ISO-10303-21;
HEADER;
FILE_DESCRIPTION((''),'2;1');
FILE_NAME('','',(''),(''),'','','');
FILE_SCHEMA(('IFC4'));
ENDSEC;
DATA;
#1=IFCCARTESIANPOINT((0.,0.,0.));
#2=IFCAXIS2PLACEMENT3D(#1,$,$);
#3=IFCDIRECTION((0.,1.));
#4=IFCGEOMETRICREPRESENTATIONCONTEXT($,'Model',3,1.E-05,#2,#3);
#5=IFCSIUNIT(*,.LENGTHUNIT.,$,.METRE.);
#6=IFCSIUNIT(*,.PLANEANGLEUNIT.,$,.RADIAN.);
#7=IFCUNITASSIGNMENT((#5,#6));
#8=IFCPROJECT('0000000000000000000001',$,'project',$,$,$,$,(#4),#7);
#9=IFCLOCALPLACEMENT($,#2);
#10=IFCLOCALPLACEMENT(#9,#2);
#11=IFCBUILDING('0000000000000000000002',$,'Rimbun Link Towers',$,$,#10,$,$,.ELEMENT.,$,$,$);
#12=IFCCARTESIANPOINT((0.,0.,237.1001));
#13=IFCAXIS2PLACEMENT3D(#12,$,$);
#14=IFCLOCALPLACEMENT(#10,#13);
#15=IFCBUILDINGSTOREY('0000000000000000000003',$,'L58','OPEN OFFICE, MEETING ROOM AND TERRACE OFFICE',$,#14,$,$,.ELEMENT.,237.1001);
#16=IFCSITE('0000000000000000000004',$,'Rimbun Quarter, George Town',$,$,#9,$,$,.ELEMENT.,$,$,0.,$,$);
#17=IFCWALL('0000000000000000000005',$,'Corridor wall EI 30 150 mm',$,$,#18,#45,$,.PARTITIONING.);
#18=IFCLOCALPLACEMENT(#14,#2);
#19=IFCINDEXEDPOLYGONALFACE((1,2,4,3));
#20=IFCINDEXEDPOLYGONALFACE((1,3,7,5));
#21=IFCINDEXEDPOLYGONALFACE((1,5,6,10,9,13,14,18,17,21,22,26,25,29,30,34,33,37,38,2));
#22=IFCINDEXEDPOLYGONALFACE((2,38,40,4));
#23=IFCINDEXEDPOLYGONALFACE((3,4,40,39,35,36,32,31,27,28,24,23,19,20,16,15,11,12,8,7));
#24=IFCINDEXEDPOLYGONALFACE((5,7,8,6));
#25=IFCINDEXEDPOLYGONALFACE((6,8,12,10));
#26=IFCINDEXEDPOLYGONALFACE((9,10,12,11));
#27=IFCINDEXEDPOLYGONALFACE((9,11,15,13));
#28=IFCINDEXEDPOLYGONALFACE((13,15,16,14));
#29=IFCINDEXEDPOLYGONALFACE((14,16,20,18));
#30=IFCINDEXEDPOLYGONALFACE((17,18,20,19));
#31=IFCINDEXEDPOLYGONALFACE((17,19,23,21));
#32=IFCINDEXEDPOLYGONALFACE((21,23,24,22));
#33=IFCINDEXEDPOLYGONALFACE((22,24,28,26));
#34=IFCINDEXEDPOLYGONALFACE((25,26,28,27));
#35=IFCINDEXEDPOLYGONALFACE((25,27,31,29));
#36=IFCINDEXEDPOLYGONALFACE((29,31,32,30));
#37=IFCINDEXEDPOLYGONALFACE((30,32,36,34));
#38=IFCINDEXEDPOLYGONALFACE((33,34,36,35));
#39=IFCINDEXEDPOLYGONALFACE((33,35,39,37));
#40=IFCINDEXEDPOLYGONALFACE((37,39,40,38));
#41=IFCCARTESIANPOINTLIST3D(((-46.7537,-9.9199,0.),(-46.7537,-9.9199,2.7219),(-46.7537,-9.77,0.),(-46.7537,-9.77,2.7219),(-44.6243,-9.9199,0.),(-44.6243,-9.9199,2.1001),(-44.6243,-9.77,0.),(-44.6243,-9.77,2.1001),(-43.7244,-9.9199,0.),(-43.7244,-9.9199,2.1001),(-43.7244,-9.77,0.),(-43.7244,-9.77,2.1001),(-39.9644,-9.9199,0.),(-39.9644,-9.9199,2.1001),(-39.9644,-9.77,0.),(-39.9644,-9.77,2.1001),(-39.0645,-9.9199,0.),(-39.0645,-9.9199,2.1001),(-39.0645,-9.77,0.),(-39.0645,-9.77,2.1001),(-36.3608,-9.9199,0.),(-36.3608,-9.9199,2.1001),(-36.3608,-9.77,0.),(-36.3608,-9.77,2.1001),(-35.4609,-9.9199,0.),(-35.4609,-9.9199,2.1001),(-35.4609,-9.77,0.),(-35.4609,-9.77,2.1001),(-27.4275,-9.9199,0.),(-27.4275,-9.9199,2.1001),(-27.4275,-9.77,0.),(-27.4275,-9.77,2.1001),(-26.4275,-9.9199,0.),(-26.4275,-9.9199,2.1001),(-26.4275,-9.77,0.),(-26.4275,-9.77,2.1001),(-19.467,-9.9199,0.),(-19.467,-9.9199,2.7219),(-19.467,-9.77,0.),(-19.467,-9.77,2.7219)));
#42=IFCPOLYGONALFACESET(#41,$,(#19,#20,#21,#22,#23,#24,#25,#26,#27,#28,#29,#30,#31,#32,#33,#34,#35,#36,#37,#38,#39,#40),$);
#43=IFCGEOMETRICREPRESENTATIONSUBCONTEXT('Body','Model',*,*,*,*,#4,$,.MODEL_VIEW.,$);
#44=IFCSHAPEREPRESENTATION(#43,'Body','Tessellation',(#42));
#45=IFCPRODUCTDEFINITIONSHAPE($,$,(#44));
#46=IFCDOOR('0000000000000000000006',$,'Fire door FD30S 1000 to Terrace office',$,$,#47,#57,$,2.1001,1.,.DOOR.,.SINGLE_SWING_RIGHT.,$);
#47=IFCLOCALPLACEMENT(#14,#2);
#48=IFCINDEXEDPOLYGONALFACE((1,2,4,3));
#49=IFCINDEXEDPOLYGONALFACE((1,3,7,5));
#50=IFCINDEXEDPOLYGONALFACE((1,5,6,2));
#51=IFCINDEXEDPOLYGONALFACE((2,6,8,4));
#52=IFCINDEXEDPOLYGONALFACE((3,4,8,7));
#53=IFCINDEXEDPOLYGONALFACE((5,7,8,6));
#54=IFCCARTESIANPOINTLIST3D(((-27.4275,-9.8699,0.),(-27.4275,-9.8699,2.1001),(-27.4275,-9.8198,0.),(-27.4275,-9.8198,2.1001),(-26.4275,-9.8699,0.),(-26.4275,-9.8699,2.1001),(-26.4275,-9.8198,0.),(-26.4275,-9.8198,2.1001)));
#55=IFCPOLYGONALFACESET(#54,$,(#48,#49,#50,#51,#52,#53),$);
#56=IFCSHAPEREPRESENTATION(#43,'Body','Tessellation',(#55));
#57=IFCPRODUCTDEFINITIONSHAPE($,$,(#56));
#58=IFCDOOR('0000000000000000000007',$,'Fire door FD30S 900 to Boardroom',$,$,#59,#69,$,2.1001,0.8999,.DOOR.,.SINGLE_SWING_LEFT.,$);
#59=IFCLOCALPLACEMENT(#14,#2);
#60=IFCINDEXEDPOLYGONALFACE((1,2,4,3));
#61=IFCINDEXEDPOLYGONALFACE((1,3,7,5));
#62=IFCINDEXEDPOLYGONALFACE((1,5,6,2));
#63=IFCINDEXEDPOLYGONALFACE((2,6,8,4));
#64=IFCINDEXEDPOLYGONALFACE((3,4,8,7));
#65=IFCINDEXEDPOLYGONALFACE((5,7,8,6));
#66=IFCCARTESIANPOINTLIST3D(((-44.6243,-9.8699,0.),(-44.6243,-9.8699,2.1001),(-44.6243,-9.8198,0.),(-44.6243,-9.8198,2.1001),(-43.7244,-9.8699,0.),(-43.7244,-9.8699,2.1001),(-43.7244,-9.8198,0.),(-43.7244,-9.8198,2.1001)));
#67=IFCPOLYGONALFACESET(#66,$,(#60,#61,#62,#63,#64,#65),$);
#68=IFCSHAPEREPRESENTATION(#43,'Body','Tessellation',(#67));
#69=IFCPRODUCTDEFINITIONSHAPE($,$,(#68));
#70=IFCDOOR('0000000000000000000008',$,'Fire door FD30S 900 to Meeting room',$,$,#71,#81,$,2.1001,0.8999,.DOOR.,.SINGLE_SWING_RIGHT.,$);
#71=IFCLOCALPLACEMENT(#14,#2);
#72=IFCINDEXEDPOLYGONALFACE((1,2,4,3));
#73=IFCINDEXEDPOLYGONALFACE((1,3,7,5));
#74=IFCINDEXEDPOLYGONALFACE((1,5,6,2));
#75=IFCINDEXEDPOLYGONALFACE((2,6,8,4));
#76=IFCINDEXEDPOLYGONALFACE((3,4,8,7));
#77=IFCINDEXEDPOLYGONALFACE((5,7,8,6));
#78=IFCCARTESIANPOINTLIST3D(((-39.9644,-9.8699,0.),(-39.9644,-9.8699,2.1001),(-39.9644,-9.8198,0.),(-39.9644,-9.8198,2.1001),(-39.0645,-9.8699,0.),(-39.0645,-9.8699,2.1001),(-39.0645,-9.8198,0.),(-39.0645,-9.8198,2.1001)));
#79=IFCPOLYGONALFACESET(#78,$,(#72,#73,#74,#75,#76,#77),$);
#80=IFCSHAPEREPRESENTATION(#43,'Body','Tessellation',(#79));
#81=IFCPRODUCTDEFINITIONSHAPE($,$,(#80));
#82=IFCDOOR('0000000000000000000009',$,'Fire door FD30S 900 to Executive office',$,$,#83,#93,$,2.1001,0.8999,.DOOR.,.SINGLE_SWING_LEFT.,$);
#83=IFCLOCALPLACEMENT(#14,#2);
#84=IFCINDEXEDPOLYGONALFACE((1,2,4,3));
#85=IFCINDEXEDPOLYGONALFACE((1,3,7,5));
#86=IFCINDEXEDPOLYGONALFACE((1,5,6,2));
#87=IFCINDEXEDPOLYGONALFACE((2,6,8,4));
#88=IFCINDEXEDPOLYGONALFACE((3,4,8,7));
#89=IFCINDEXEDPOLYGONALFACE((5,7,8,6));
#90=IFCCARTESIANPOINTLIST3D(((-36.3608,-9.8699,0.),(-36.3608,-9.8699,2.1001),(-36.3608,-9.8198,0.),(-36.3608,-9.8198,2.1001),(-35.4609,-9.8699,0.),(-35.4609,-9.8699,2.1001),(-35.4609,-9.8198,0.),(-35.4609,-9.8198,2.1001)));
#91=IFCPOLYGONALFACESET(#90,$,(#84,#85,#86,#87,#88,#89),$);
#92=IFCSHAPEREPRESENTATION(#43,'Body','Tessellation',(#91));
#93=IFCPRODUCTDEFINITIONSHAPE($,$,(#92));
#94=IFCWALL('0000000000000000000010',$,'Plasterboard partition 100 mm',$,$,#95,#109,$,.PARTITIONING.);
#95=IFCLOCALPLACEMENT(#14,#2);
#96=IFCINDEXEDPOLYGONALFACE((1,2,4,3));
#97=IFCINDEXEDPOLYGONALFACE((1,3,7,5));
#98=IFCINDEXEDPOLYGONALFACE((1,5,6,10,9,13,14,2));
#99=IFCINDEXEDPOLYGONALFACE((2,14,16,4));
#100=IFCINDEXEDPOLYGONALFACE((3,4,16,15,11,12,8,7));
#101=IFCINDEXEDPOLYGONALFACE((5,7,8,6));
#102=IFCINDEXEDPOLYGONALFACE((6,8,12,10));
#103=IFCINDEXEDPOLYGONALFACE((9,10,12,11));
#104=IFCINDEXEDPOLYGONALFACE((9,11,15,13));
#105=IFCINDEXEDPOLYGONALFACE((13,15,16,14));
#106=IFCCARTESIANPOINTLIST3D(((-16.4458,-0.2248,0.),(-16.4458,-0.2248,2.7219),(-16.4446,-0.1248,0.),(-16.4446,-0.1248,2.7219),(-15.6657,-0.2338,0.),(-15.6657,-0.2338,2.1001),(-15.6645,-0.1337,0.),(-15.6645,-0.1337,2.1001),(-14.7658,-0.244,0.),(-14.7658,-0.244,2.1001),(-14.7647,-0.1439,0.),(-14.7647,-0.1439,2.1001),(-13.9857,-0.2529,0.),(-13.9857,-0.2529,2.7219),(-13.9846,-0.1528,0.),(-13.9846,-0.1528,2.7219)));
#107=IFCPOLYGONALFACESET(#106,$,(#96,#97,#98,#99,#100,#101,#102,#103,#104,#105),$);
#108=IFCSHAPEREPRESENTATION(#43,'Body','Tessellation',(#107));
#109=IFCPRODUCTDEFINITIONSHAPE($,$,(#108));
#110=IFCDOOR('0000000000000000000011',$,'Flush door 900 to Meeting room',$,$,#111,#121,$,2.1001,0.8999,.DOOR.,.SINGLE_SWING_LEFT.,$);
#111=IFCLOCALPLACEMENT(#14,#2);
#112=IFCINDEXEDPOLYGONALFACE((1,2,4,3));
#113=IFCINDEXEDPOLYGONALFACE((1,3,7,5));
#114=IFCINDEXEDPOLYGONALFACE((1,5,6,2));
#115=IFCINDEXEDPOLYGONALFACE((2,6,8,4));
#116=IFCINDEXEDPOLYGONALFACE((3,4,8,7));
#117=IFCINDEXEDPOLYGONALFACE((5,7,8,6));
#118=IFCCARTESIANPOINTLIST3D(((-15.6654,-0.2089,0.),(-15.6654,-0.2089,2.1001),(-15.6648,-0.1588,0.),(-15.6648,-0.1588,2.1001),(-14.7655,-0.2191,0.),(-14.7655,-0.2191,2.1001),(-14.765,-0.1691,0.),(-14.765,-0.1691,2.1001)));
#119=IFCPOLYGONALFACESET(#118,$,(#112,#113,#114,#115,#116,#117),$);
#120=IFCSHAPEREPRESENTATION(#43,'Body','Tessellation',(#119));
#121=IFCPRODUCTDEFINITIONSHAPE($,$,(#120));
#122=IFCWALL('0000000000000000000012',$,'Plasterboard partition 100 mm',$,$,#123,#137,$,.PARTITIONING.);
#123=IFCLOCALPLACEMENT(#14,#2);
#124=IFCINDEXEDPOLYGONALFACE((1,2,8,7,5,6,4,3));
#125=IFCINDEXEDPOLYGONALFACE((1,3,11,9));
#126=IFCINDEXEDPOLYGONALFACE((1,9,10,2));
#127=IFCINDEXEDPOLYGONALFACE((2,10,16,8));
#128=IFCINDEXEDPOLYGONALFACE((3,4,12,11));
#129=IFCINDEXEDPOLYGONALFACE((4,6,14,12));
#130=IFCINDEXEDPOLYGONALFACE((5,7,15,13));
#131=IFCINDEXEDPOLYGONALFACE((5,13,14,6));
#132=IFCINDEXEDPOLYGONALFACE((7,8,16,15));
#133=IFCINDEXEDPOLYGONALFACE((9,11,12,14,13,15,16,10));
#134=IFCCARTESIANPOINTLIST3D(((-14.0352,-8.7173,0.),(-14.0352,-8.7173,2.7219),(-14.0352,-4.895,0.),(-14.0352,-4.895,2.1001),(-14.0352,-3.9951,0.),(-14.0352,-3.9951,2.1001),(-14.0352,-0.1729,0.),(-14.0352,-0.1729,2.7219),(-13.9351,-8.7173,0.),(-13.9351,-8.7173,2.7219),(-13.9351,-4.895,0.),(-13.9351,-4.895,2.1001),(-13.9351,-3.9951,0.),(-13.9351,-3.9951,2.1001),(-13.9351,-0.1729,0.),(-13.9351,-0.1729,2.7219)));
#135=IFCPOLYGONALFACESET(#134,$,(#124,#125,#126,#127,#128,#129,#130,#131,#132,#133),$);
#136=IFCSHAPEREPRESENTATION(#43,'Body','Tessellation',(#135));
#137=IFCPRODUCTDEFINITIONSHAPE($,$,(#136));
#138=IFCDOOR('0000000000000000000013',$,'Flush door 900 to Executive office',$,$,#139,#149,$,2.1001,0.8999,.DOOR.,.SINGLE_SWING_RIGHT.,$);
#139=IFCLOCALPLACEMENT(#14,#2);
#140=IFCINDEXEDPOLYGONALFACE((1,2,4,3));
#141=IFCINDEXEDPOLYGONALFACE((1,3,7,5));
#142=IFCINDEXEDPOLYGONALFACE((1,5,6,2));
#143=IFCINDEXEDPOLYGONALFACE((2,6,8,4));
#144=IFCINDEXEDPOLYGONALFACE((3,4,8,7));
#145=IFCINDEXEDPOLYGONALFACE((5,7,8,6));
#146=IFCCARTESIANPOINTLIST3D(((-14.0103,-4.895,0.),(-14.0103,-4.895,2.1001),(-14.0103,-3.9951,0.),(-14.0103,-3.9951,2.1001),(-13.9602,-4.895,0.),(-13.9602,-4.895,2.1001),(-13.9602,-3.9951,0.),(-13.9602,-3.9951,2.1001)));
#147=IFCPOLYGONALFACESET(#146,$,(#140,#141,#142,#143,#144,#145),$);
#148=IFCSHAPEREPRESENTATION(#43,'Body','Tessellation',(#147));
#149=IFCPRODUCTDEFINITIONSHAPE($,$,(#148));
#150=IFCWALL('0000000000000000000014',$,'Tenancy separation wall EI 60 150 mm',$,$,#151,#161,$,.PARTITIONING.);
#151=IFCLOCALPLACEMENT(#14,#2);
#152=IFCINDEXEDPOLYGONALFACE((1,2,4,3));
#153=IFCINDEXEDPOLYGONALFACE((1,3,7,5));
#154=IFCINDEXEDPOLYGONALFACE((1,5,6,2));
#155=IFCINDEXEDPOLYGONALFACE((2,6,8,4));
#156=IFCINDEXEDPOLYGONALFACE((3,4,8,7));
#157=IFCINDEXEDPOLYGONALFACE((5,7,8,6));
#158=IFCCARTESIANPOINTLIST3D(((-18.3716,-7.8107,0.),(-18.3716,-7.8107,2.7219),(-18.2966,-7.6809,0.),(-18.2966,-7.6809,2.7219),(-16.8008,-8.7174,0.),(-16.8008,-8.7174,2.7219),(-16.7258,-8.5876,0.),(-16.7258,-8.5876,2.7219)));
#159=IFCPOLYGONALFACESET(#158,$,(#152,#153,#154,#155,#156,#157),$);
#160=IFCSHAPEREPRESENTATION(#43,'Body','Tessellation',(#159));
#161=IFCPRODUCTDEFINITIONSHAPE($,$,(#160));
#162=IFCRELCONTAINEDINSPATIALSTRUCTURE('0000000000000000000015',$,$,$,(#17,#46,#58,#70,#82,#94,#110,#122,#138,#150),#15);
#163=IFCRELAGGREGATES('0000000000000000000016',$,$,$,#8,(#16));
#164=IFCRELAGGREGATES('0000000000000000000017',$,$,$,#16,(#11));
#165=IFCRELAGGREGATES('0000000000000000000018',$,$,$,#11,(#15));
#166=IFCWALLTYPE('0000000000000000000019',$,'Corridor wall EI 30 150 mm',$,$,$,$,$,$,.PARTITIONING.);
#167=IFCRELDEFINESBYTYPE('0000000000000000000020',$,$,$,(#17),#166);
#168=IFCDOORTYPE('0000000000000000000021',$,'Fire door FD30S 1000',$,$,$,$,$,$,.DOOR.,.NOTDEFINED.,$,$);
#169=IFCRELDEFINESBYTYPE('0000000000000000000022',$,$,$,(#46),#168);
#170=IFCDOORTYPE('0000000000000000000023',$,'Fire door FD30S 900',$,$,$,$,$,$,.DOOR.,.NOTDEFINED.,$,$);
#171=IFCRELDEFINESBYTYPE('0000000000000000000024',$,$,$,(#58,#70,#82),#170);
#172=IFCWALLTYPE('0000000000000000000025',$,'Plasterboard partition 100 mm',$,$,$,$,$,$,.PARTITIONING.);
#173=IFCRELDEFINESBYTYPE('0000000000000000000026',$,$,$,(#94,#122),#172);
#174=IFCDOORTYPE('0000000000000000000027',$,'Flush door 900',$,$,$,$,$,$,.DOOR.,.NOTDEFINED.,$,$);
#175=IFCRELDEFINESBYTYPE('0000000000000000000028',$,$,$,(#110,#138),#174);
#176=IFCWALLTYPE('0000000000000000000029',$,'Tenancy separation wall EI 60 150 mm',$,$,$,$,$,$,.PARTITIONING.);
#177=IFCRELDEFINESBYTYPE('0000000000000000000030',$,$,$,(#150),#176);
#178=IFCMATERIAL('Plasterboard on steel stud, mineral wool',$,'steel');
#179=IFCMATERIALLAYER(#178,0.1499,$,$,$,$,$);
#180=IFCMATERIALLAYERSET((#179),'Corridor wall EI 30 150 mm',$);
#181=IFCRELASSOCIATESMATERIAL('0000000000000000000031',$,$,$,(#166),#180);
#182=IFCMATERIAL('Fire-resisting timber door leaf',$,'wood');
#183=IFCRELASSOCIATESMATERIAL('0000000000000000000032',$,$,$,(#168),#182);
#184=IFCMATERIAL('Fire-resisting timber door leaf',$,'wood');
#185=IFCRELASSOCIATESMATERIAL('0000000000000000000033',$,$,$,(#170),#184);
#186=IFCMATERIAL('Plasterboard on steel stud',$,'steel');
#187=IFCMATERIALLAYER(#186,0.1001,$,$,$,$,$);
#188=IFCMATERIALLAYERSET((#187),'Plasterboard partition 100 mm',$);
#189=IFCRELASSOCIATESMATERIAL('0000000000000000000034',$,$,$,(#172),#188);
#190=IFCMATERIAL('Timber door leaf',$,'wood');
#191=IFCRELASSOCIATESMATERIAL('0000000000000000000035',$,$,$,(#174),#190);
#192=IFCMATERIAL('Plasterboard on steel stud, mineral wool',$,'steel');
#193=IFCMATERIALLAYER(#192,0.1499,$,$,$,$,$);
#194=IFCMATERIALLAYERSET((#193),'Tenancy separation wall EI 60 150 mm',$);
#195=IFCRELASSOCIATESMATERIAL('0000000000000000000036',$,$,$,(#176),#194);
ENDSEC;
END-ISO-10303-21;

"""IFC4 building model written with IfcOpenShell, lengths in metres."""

from ifc_helpers import new_model, si_unit, direction, frame, frame_2d, origin, place, context, subcontext, project, spatial, rectangle, extrude, material, layer, layer_set, type_object, element, fill, save


model = new_model("IFC4")

# Units and contexts
model_context = context("Model", 3, precision=1e-05, world=origin(), true_north=direction((0.0, 1.0)))
body_context = subcontext(model_context, "Body", "Model", "MODEL_VIEW")
ifc_project = project(units=[si_unit("LENGTHUNIT", "METRE"), si_unit("PLANEANGLEUNIT", "RADIAN")], contexts=[model_context])

# Site, building, storey
site_placement = place(None, origin())
site = spatial("IfcSite", under=ifc_project, at=site_placement, Name="Rimbun Quarter, George Town", CompositionType="ELEMENT", RefElevation=0.0)
building_placement = place(site_placement, origin())
building = spatial("IfcBuilding", under=site, at=building_placement, Name="Rimbun Link Towers", CompositionType="ELEMENT")
storey_placement = place(building_placement, frame((0.0, 0.0, 237.1001)))
storey = spatial("IfcBuildingStorey", under=building, at=storey_placement, Name="L58", Description="OPEN OFFICE, MEETING ROOM AND TERRACE OFFICE", CompositionType="ELEMENT", Elevation=237.1001)

# Wall, openings, doors
ifc_material_1 = material(Name="Plasterboard on steel stud, mineral wool", Category="steel")
ifc_layer_1 = layer(ifc_material_1, 0.1499)
ifc_layer_set_1 = layer_set([ifc_layer_1], Name="Corridor wall EI 30 150 mm")
wall_type_1 = type_object("IfcWallType", Name="Corridor wall EI 30 150 mm", PredefinedType="PARTITIONING", material=ifc_layer_set_1)
wall_1_placement = place(storey_placement, frame((-19.467, -9.845, 0.0), z_axis=(0.0, 0.0, 1.0), x_axis=(-1.0, 0.0, 0.0)))
wall_1 = element("IfcWall", 1, at=wall_1_placement, inside=storey, type_object=wall_type_1, Name="Corridor wall EI 30 150 mm", PredefinedType="PARTITIONING", context=body_context, shape_type="SweptSolid", body=[
    extrude(rectangle(XDim=27.2866, YDim=0.1499, at=frame_2d((13.6433, 0.0))), origin(), (0.0, 0.0, 1.0), 2.7219),
])
opening_1_placement = place(wall_1_placement, frame((24.2573, 0.0, 0.0)))
opening_1 = element("IfcOpeningElement", 2, at=opening_1_placement, cuts=wall_1, PredefinedType="OPENING", context=body_context, shape_type="SweptSolid", body=[
    extrude(rectangle(XDim=0.8999, YDim=2.1001, at=frame_2d((0.45, 1.05))), frame((0.0, 0.085, 0.0), z_axis=(0.0, -1.0, 0.0), x_axis=(1.0, 0.0, 0.0)), (0.0, 0.0, 1.0), 0.1699),
])
opening_2_placement = place(wall_1_placement, frame((19.5974, 0.0, 0.0)))
opening_2 = element("IfcOpeningElement", 3, at=opening_2_placement, cuts=wall_1, PredefinedType="OPENING", context=body_context, shape_type="SweptSolid", body=[
    extrude(rectangle(XDim=0.8999, YDim=2.1001, at=frame_2d((0.45, 1.05))), frame((0.0, 0.085, 0.0), z_axis=(0.0, -1.0, 0.0), x_axis=(1.0, 0.0, 0.0)), (0.0, 0.0, 1.0), 0.1699),
])
opening_3_placement = place(wall_1_placement, frame((15.9939, 0.0, 0.0)))
opening_3 = element("IfcOpeningElement", 4, at=opening_3_placement, cuts=wall_1, PredefinedType="OPENING", context=body_context, shape_type="SweptSolid", body=[
    extrude(rectangle(XDim=0.8999, YDim=2.1001, at=frame_2d((0.45, 1.05))), frame((0.0, 0.085, 0.0), z_axis=(0.0, -1.0, 0.0), x_axis=(1.0, 0.0, 0.0)), (0.0, 0.0, 1.0), 0.1699),
])
opening_4_placement = place(wall_1_placement, frame((6.9604, 0.0, 0.0)))
opening_4 = element("IfcOpeningElement", 5, at=opening_4_placement, cuts=wall_1, PredefinedType="OPENING", context=body_context, shape_type="SweptSolid", body=[
    extrude(rectangle(XDim=1.0, YDim=2.1001, at=frame_2d((0.5, 1.05))), frame((0.0, 0.085, 0.0), z_axis=(0.0, -1.0, 0.0), x_axis=(1.0, 0.0, 0.0)), (0.0, 0.0, 1.0), 0.1699),
])
ifc_material_2 = material(Name="Fire-resisting timber door leaf", Category="wood")
door_type_1 = type_object("IfcDoorType", Name="Fire door FD30S 1000", OperationType="NOTDEFINED", PredefinedType="DOOR", material=ifc_material_2)
door_1_placement = place(opening_4_placement, origin())
door_1 = element("IfcDoor", 6, at=door_1_placement, inside=storey, type_object=door_type_1, Name="Fire door FD30S 1000 to Terrace office", OperationType="SINGLE_SWING_RIGHT", OverallHeight=2.1001, OverallWidth=1.0, PredefinedType="DOOR", context=body_context, shape_type="SweptSolid", body=[
    extrude(rectangle(XDim=1.0, YDim=2.1001, at=frame_2d((0.5, 1.05))), frame((0.0, 0.0249, 0.0), z_axis=(0.0, -1.0, 0.0), x_axis=(1.0, 0.0, 0.0)), (0.0, 0.0, 1.0), 0.05),
])
fill(opening_4, door_1)
ifc_material_3 = material(Name="Fire-resisting timber door leaf", Category="wood")
door_type_2 = type_object("IfcDoorType", Name="Fire door FD30S 900", OperationType="NOTDEFINED", PredefinedType="DOOR", material=ifc_material_3)
door_2_placement = place(opening_1_placement, origin())
door_2 = element("IfcDoor", 7, at=door_2_placement, inside=storey, type_object=door_type_2, Name="Fire door FD30S 900 to Boardroom", OperationType="SINGLE_SWING_LEFT", OverallHeight=2.1001, OverallWidth=0.8999, PredefinedType="DOOR", context=body_context, shape_type="SweptSolid", body=[
    extrude(rectangle(XDim=0.8999, YDim=2.1001, at=frame_2d((0.45, 1.05))), frame((0.0, 0.0249, 0.0), z_axis=(0.0, -1.0, 0.0), x_axis=(1.0, 0.0, 0.0)), (0.0, 0.0, 1.0), 0.05),
])
fill(opening_1, door_2)
door_3_placement = place(opening_2_placement, origin())
door_3 = element("IfcDoor", 8, at=door_3_placement, inside=storey, type_object=door_type_2, Name="Fire door FD30S 900 to Meeting room", OperationType="SINGLE_SWING_RIGHT", OverallHeight=2.1001, OverallWidth=0.8999, PredefinedType="DOOR", context=body_context, shape_type="SweptSolid", body=[
    extrude(rectangle(XDim=0.8999, YDim=2.1001, at=frame_2d((0.45, 1.05))), frame((0.0, 0.0249, 0.0), z_axis=(0.0, -1.0, 0.0), x_axis=(1.0, 0.0, 0.0)), (0.0, 0.0, 1.0), 0.05),
])
fill(opening_2, door_3)
door_4_placement = place(opening_3_placement, origin())
door_4 = element("IfcDoor", 9, at=door_4_placement, inside=storey, type_object=door_type_2, Name="Fire door FD30S 900 to Executive office", OperationType="SINGLE_SWING_LEFT", OverallHeight=2.1001, OverallWidth=0.8999, PredefinedType="DOOR", context=body_context, shape_type="SweptSolid", body=[
    extrude(rectangle(XDim=0.8999, YDim=2.1001, at=frame_2d((0.45, 1.05))), frame((0.0, 0.0249, 0.0), z_axis=(0.0, -1.0, 0.0), x_axis=(1.0, 0.0, 0.0)), (0.0, 0.0, 1.0), 0.05),
])
fill(opening_3, door_4)

# Walls, openings, doors
ifc_material_4 = material(Name="Plasterboard on steel stud", Category="steel")
ifc_layer_2 = layer(ifc_material_4, 0.1001)
ifc_layer_set_2 = layer_set([ifc_layer_2], Name="Plasterboard partition 100 mm")
wall_type_2 = type_object("IfcWallType", Name="Plasterboard partition 100 mm", PredefinedType="PARTITIONING", material=ifc_layer_set_2)
wall_2_placement = place(storey_placement, frame((-16.4451, -0.1748, 0.0), z_axis=(0.0, 0.0, 1.0), x_axis=(0.999935, -0.011413, 0.0)))
wall_2 = element("IfcWall", 10, at=wall_2_placement, inside=storey, type_object=wall_type_2, Name="Plasterboard partition 100 mm", PredefinedType="PARTITIONING", context=body_context, shape_type="SweptSolid", body=[
    extrude(rectangle(XDim=2.4602, YDim=0.1001, at=frame_2d((1.23, 0.0))), origin(), (0.0, 0.0, 1.0), 2.7219),
])
opening_5_placement = place(wall_2_placement, frame((0.78, 0.0, 0.0)))
opening_5 = element("IfcOpeningElement", 11, at=opening_5_placement, cuts=wall_2, PredefinedType="OPENING", context=body_context, shape_type="SweptSolid", body=[
    extrude(rectangle(XDim=0.8999, YDim=2.1001, at=frame_2d((0.45, 1.05))), frame((0.0, 0.0601, 0.0), z_axis=(0.0, -1.0, 0.0), x_axis=(1.0, 0.0, 0.0)), (0.0, 0.0, 1.0), 0.1201),
])
ifc_material_5 = material(Name="Timber door leaf", Category="wood")
door_type_3 = type_object("IfcDoorType", Name="Flush door 900", OperationType="NOTDEFINED", PredefinedType="DOOR", material=ifc_material_5)
door_5_placement = place(opening_5_placement, origin())
door_5 = element("IfcDoor", 12, at=door_5_placement, inside=storey, type_object=door_type_3, Name="Flush door 900 to Meeting room", OperationType="SINGLE_SWING_LEFT", OverallHeight=2.1001, OverallWidth=0.8999, PredefinedType="DOOR", context=body_context, shape_type="SweptSolid", body=[
    extrude(rectangle(XDim=0.8999, YDim=2.1001, at=frame_2d((0.45, 1.05))), frame((0.0, 0.0249, 0.0), z_axis=(0.0, -1.0, 0.0), x_axis=(1.0, 0.0, 0.0)), (0.0, 0.0, 1.0), 0.05),
])
fill(opening_5, door_5)
wall_3_placement = place(storey_placement, frame((-13.9851, -0.1729, 0.0), z_axis=(0.0, 0.0, 1.0), x_axis=(0.0, -1.0, 0.0)))
wall_3 = element("IfcWall", 13, at=wall_3_placement, inside=storey, type_object=wall_type_2, Name="Plasterboard partition 100 mm", PredefinedType="PARTITIONING", context=body_context, shape_type="SweptSolid", body=[
    extrude(rectangle(XDim=8.5444, YDim=0.1001, at=frame_2d((4.2722, 0.0))), origin(), (0.0, 0.0, 1.0), 2.7219),
])
opening_6_placement = place(wall_3_placement, frame((3.8223, 0.0, 0.0)))
opening_6 = element("IfcOpeningElement", 14, at=opening_6_placement, cuts=wall_3, PredefinedType="OPENING", context=body_context, shape_type="SweptSolid", body=[
    extrude(rectangle(XDim=0.8999, YDim=2.1001, at=frame_2d((0.45, 1.05))), frame((0.0, 0.0601, 0.0), z_axis=(0.0, -1.0, 0.0), x_axis=(1.0, 0.0, 0.0)), (0.0, 0.0, 1.0), 0.1201),
])
door_6_placement = place(opening_6_placement, origin())
door_6 = element("IfcDoor", 15, at=door_6_placement, inside=storey, type_object=door_type_3, Name="Flush door 900 to Executive office", OperationType="SINGLE_SWING_RIGHT", OverallHeight=2.1001, OverallWidth=0.8999, PredefinedType="DOOR", context=body_context, shape_type="SweptSolid", body=[
    extrude(rectangle(XDim=0.8999, YDim=2.1001, at=frame_2d((0.45, 1.05))), frame((0.0, 0.0249, 0.0), z_axis=(0.0, -1.0, 0.0), x_axis=(1.0, 0.0, 0.0)), (0.0, 0.0, 1.0), 0.05),
])
fill(opening_6, door_6)

# Wall
ifc_material_6 = material(Name="Plasterboard on steel stud, mineral wool", Category="steel")
ifc_layer_3 = layer(ifc_material_6, 0.1499)
ifc_layer_set_3 = layer_set([ifc_layer_3], Name="Tenancy separation wall EI 60 150 mm")
wall_type_3 = type_object("IfcWallType", Name="Tenancy separation wall EI 60 150 mm", PredefinedType="PARTITIONING", material=ifc_layer_set_3)
wall_4_placement = place(storey_placement, frame((-18.334, -7.7458, 0.0), z_axis=(0.0, 0.0, 1.0), x_axis=(0.866065, -0.499932, 0.0)))
element("IfcWall", 16, at=wall_4_placement, inside=storey, type_object=wall_type_3, Name="Tenancy separation wall EI 60 150 mm", PredefinedType="PARTITIONING", context=body_context, shape_type="SweptSolid", body=[
    extrude(rectangle(XDim=1.8137, YDim=0.1499, at=frame_2d((0.9067, 0.0))), origin(), (0.0, 0.0, 1.0), 2.7219),
])

save(model, "model.ifc")
